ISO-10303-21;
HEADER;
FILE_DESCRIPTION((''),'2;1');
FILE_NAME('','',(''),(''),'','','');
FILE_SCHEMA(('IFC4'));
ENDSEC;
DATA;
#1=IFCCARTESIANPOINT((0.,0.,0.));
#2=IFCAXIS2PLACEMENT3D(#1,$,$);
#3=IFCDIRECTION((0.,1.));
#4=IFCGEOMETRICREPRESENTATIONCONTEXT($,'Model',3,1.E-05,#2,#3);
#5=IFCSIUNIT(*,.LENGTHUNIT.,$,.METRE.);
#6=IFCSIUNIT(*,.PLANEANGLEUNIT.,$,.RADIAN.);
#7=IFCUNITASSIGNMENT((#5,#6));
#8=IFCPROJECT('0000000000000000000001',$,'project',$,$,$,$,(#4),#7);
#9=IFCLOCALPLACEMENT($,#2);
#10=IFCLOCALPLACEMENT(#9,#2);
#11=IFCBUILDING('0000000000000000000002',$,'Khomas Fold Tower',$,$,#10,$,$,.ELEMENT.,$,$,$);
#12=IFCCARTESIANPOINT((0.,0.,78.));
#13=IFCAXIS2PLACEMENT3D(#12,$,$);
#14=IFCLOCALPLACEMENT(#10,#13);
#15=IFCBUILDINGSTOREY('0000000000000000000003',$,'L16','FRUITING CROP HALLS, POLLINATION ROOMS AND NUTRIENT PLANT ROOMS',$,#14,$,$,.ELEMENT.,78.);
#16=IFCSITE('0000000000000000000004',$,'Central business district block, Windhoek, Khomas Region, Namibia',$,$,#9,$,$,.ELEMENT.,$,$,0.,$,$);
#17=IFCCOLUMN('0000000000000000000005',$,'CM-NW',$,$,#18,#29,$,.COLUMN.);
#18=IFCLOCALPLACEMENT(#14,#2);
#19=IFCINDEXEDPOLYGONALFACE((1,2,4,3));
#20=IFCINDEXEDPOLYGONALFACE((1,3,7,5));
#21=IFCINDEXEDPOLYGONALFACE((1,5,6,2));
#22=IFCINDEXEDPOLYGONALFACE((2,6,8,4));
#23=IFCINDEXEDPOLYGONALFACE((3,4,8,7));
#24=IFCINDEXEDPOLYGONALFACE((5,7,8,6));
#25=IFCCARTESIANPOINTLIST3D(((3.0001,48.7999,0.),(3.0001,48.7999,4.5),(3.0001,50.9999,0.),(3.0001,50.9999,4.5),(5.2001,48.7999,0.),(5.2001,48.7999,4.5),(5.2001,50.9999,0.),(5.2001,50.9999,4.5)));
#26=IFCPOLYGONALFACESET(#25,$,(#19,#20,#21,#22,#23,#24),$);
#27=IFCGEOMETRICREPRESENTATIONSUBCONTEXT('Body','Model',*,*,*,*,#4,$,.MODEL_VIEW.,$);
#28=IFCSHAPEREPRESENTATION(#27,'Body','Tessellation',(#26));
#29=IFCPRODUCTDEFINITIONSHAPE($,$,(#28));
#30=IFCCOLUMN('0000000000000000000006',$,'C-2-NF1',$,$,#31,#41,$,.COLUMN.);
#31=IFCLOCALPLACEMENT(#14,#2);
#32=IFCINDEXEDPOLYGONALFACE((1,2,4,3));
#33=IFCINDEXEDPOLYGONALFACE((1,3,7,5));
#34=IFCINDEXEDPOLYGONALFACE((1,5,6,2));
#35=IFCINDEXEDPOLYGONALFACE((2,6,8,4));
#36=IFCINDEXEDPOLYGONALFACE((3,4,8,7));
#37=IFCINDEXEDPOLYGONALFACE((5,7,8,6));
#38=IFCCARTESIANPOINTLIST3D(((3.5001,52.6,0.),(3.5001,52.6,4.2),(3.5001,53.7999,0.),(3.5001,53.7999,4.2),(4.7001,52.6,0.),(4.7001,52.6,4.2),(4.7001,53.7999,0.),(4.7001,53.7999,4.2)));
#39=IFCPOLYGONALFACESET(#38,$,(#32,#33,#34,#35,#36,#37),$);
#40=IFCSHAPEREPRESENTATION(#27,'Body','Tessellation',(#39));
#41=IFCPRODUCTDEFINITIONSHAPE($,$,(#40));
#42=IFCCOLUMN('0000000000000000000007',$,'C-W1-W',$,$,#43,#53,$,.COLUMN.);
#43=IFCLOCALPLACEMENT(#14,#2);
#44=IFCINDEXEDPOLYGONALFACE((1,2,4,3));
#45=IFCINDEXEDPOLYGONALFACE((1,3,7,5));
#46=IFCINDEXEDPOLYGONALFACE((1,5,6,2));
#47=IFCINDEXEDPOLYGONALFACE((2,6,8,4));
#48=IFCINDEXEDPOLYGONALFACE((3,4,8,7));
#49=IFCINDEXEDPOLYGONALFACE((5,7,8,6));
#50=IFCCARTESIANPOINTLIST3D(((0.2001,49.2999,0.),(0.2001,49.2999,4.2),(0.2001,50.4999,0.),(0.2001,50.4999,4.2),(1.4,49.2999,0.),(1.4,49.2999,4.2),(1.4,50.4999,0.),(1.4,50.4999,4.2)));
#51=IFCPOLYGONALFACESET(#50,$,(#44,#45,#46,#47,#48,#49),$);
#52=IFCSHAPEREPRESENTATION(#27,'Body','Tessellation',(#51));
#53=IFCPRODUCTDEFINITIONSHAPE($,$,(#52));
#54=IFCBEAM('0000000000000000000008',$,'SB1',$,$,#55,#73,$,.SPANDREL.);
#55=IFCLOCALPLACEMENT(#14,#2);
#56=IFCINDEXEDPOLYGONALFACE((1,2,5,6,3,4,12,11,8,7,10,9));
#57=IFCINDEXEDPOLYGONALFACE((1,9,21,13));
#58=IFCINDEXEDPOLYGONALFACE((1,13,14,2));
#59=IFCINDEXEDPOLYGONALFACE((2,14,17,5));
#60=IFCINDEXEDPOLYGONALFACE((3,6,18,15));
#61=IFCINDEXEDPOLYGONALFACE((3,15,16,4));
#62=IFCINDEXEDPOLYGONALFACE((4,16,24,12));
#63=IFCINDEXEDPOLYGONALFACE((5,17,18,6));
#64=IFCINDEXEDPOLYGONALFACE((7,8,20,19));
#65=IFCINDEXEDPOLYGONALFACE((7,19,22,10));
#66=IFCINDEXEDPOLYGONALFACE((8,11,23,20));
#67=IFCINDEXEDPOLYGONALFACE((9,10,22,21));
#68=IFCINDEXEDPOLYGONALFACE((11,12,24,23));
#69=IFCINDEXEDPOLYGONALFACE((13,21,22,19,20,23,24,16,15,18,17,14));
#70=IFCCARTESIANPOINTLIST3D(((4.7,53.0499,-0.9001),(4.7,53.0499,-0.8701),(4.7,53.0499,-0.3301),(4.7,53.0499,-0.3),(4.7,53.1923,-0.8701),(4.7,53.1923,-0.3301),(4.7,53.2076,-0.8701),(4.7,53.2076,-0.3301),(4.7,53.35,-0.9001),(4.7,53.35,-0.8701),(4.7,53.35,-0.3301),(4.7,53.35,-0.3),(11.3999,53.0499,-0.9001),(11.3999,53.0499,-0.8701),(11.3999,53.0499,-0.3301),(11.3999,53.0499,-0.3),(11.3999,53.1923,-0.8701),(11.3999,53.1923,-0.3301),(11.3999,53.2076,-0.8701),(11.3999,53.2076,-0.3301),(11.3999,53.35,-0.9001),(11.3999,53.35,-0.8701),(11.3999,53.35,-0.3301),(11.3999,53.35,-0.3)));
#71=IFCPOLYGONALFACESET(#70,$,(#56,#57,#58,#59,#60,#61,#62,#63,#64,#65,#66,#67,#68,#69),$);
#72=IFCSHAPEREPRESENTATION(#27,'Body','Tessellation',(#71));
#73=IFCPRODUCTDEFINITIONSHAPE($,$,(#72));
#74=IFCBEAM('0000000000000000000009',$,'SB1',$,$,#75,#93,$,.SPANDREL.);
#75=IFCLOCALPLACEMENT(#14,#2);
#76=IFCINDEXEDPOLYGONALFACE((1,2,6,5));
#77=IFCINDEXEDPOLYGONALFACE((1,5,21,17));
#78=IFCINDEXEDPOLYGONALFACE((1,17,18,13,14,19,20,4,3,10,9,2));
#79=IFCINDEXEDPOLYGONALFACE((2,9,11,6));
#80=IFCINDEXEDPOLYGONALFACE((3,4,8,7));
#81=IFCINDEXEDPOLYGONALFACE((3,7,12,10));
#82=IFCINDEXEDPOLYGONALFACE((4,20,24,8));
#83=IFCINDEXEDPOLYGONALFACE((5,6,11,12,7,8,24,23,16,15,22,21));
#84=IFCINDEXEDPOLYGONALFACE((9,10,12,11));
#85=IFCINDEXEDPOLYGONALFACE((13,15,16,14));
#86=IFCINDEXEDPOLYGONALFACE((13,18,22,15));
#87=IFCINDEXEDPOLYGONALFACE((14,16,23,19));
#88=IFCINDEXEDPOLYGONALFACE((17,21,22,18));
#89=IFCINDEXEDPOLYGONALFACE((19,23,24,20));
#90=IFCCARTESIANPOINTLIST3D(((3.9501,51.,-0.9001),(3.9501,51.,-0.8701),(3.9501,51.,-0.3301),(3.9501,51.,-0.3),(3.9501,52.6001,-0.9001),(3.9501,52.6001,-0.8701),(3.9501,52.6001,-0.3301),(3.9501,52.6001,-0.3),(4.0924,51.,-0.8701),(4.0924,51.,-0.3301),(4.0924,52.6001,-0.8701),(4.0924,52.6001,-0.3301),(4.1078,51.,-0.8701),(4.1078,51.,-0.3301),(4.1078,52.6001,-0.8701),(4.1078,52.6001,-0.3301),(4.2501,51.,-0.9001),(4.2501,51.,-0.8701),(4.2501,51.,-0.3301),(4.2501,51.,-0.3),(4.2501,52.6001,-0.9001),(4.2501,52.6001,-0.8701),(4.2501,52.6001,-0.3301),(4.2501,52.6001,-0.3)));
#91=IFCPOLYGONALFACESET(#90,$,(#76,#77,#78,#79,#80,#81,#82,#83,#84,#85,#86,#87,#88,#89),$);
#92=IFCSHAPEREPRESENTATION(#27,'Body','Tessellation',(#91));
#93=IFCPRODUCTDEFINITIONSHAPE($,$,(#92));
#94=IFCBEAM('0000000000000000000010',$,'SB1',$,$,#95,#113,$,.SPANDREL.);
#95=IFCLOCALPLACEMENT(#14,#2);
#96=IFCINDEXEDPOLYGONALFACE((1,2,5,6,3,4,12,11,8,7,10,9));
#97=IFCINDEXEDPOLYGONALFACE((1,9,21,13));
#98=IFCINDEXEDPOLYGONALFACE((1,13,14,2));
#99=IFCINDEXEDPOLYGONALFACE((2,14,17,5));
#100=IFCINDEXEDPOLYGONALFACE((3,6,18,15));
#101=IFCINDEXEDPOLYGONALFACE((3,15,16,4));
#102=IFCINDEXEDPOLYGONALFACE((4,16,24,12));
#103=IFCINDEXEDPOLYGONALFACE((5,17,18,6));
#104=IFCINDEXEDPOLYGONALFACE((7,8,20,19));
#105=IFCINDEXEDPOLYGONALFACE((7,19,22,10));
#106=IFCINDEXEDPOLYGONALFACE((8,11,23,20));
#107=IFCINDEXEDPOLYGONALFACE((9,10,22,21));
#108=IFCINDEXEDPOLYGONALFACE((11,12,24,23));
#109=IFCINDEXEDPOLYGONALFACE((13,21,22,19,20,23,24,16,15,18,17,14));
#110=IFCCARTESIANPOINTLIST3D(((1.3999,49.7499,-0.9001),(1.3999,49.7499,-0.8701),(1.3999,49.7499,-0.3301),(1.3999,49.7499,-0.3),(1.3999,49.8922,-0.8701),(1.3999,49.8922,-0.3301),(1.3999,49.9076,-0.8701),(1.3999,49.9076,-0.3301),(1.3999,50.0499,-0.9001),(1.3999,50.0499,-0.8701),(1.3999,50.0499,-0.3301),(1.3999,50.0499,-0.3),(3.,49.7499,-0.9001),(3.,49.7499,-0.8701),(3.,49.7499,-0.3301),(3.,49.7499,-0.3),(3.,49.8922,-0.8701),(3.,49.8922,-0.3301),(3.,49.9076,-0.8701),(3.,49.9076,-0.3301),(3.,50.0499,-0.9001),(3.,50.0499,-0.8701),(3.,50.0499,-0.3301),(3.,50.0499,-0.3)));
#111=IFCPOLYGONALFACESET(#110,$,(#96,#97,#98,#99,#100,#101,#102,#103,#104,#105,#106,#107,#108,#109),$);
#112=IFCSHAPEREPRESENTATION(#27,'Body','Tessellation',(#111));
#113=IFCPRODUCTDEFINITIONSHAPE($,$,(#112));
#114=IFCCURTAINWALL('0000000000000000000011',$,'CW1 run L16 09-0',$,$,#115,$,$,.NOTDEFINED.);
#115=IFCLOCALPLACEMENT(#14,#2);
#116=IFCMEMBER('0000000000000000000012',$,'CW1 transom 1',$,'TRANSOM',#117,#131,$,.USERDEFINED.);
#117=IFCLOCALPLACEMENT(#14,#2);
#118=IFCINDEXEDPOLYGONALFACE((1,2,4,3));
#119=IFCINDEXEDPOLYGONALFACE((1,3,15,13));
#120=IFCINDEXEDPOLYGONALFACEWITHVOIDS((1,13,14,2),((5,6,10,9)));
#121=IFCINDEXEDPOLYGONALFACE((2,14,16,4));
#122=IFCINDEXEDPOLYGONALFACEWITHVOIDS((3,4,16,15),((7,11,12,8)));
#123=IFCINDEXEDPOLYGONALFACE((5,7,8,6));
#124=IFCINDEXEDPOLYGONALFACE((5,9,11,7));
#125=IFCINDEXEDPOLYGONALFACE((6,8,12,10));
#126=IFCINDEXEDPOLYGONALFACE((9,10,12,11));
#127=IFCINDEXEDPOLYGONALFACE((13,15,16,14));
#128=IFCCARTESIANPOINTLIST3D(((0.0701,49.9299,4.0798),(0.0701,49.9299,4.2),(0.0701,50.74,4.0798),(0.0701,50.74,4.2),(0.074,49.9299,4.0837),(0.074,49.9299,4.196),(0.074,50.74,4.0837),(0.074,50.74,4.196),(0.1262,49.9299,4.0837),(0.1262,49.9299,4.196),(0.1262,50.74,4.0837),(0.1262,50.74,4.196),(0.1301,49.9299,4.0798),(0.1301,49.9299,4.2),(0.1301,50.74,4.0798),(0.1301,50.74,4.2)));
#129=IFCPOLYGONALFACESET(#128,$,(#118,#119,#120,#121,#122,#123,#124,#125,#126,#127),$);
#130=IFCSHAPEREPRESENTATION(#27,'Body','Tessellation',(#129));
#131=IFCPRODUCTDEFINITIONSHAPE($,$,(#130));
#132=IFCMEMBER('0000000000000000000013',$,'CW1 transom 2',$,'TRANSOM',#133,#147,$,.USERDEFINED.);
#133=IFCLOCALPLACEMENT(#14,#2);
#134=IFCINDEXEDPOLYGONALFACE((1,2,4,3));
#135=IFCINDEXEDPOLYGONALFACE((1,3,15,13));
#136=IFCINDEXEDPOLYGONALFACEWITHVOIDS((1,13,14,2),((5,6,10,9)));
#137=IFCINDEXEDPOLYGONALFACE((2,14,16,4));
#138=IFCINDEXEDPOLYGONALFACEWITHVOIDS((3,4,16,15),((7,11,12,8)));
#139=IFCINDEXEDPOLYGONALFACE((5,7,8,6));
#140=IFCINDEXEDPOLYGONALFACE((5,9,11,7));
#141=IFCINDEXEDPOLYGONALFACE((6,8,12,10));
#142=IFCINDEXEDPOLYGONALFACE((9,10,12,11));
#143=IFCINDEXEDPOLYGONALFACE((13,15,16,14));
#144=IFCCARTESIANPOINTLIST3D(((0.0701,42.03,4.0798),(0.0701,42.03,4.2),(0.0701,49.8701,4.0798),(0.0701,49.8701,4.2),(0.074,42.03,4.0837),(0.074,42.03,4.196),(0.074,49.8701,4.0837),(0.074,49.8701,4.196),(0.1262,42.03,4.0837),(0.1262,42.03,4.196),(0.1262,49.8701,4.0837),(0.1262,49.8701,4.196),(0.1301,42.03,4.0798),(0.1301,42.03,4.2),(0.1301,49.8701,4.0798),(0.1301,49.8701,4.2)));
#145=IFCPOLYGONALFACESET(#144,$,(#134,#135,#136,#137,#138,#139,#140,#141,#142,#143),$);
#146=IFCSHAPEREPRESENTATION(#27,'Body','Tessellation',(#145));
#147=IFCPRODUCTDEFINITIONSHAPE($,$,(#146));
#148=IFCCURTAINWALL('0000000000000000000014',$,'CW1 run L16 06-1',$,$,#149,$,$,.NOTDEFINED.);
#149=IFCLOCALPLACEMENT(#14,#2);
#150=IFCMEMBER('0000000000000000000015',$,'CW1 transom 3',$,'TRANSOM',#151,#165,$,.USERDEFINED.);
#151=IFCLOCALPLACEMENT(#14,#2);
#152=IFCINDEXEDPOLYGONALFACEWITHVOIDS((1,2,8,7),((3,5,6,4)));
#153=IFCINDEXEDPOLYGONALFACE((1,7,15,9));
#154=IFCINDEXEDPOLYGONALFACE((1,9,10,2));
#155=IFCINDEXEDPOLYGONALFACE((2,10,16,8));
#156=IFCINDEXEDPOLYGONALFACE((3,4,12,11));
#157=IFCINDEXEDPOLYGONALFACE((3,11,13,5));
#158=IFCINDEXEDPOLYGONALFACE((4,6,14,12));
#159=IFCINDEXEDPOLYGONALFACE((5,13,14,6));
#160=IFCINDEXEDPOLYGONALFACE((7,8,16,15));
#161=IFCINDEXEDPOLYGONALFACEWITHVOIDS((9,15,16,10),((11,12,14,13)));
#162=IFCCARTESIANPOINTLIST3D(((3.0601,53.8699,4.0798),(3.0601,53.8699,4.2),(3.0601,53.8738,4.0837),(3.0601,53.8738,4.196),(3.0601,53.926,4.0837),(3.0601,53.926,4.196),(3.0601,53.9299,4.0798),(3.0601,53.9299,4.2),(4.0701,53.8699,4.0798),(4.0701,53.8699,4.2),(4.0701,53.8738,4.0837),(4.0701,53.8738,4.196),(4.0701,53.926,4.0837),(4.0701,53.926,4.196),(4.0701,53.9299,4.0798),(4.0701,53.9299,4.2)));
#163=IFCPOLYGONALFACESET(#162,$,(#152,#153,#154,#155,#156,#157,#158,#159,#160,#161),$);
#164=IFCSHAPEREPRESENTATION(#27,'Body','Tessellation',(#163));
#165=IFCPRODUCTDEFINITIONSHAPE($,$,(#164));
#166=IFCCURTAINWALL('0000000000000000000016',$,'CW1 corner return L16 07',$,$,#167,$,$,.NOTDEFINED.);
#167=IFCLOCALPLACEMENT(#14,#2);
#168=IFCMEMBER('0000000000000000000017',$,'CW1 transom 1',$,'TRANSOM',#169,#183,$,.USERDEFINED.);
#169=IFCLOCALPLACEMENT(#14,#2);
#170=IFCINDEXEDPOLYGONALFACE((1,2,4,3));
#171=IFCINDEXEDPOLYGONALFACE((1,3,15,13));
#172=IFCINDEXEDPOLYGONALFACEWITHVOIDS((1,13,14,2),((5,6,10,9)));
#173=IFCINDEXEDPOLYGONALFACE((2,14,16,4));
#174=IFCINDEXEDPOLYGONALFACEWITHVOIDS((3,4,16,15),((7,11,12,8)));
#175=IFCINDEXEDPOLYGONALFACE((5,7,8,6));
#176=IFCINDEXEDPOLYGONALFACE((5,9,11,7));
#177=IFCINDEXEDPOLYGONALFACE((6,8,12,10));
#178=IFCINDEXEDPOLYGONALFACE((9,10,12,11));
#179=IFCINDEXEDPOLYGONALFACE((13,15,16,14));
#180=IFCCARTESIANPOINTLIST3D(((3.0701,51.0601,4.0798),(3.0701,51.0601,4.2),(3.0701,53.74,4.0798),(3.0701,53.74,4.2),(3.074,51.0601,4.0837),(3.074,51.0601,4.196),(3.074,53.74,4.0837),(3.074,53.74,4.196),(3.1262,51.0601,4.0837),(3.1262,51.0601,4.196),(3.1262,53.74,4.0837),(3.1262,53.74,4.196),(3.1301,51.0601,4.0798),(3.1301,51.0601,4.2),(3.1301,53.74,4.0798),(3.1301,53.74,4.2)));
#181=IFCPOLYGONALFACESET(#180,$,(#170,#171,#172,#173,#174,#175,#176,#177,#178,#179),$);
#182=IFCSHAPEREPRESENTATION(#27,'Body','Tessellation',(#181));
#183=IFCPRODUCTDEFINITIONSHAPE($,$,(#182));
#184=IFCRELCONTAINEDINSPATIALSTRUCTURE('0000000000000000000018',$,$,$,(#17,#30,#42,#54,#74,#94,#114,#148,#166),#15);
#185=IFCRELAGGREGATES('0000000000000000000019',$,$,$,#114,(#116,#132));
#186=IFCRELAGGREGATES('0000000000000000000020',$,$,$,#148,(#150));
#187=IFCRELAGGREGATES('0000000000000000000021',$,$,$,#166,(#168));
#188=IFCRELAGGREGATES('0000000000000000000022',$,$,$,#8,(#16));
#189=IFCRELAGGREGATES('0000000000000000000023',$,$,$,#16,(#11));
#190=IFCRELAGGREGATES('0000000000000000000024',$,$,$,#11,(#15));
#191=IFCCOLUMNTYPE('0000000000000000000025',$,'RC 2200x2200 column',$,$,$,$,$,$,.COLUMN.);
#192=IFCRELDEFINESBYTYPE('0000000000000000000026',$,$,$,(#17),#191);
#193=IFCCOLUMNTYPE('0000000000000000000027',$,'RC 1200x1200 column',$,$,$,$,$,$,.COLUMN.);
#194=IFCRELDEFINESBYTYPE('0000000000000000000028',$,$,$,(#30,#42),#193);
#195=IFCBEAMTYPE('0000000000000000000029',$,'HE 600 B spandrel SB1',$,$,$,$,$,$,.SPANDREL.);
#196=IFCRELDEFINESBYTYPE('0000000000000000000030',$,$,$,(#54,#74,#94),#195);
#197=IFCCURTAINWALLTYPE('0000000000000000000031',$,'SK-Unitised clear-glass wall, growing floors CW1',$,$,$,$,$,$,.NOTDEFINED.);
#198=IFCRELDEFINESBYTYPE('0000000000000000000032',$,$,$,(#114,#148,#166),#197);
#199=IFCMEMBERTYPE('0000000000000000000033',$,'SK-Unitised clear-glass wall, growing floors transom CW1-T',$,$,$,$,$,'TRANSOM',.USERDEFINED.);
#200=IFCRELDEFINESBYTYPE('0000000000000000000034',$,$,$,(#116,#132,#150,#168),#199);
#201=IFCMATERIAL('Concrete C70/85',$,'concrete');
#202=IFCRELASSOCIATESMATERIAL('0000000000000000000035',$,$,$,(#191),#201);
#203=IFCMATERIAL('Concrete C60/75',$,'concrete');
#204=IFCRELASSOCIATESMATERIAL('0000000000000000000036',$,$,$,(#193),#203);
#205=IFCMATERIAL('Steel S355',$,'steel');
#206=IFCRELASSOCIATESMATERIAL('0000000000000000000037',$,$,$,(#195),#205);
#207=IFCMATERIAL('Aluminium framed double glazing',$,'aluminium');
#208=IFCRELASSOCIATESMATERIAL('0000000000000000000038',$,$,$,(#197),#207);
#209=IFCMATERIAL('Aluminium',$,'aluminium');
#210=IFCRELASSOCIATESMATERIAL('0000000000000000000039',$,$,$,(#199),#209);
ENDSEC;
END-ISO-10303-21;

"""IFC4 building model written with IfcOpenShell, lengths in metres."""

from ifc_helpers import new_model, si_unit, direction, frame, origin, origin_2d, place, context, subcontext, project, spatial, rectangle, hollow_rectangle, i_section, extrude, source, transform, mapped, material, material_profile, profile_set, type_object, element, aggregate, save


model = new_model("IFC4")

# Units and contexts
model_context = context("Model", 3, precision=1e-05, world=origin(), true_north=direction((0.0, 1.0)))
body_context = subcontext(model_context, "Body", "Model", "MODEL_VIEW")
ifc_project = project(units=[si_unit("LENGTHUNIT", "METRE"), si_unit("PLANEANGLEUNIT", "RADIAN")], contexts=[model_context])

# Site, building, storey
site_placement = place(None, origin())
site = spatial("IfcSite", under=ifc_project, at=site_placement, Name="Central business district block, Windhoek, Khomas Region, Namibia", CompositionType="ELEMENT", RefElevation=0.0)
building_placement = place(site_placement, origin())
building = spatial("IfcBuilding", under=site, at=building_placement, Name="Khomas Fold Tower", CompositionType="ELEMENT")
storey_placement = place(building_placement, frame((0.0, 0.0, 78.0)))
storey = spatial("IfcBuildingStorey", under=building, at=storey_placement, Name="L16", Description="FRUITING CROP HALLS, POLLINATION ROOMS AND NUTRIENT PLANT ROOMS", CompositionType="ELEMENT", Elevation=78.0)

# Columns
ifc_material_1 = material(Name="Concrete C70/85", Category="concrete")
ifc_material_profile_1 = material_profile(ifc_material_1, rectangle(XDim=2.2, YDim=2.2, at=origin_2d()), Name="RC 2200x2200")
ifc_profile_set_1 = profile_set([ifc_material_profile_1], Name="Concrete C70/85")
column_type_1 = type_object("IfcColumnType", Name="RC 2200x2200 column", PredefinedType="COLUMN", material=ifc_profile_set_1)
shared_shape_1 = source(origin(), body_context, "Body", "SweptSolid", [
    extrude(rectangle(XDim=2.2, YDim=2.2, at=origin_2d()), origin(), (0.0, 0.0, 1.0), 4.5),
])
column_placement = place(storey_placement, frame((4.1001, 49.8999, 0.0), z_axis=(0.0, 0.0, 1.0), x_axis=(1.0, 0.0, 0.0)))
element("IfcColumn", 1, at=column_placement, inside=storey, type_object=column_type_1, Name="CM-NW", PredefinedType="COLUMN", context=body_context, shape_type="MappedRepresentation", body=[
    mapped(shared_shape_1, transform((0.0, 0.0, 0.0))),
])
ifc_material_2 = material(Name="Concrete C60/75", Category="concrete")
ifc_material_profile_2 = material_profile(ifc_material_2, rectangle(XDim=1.2, YDim=1.2, at=origin_2d()), Name="RC 1200x1200")
ifc_profile_set_2 = profile_set([ifc_material_profile_2], Name="Concrete C60/75")
column_type_2 = type_object("IfcColumnType", Name="RC 1200x1200 column", PredefinedType="COLUMN", material=ifc_profile_set_2)
shared_shape_2 = source(origin(), body_context, "Body", "SweptSolid", [
    extrude(rectangle(XDim=1.2, YDim=1.2, at=origin_2d()), origin(), (0.0, 0.0, 1.0), 4.2),
])
for number, where, z_axis, x_axis, name in (
    (2, (4.1001, 53.2, 0.0), (0.0, 0.0, 1.0), (1.0, 0.0, 0.0), "C-2-NF1"),
    (3, (0.8, 49.8999, 0.0), (0.0, 0.0, 1.0), (1.0, 0.0, 0.0), "C-W1-W"),
):
    element("IfcColumn", number, at=place(storey_placement, frame(where, z_axis=z_axis, x_axis=x_axis)), inside=storey, type_object=column_type_2, Name=name, PredefinedType="COLUMN", context=body_context, shape_type="MappedRepresentation", body=[
        mapped(shared_shape_2, transform((0.0, 0.0, 0.0))),
    ])

# Beams
ifc_material_3 = material(Name="Steel S355", Category="steel")
ifc_material_profile_3 = material_profile(ifc_material_3, i_section(OverallWidth=0.3, OverallDepth=0.6001, WebThickness=0.0154, FlangeThickness=0.03, at=origin_2d()), Name="HE 600 B")
ifc_profile_set_3 = profile_set([ifc_material_profile_3], Name="Steel S355")
beam_type = type_object("IfcBeamType", Name="HE 600 B spandrel SB1", PredefinedType="SPANDREL", material=ifc_profile_set_3)
shared_shape_3 = source(origin(), body_context, "Body", "SweptSolid", [
    extrude(i_section(OverallWidth=0.3, OverallDepth=0.6001, WebThickness=0.0154, FlangeThickness=0.03, at=origin_2d()), origin(), (0.0, 0.0, 1.0), 6.7),
])
beam_placement = place(storey_placement, frame((4.7, 53.2, -0.6001), z_axis=(1.0, 0.0, 0.0), x_axis=(0.0, 1.0, 0.0)))
element("IfcBeam", 4, at=beam_placement, inside=storey, type_object=beam_type, Name="SB1", PredefinedType="SPANDREL", context=body_context, shape_type="MappedRepresentation", body=[
    mapped(shared_shape_3, transform((0.0, 0.0, 0.0))),
])
shared_shape_4 = source(origin(), body_context, "Body", "SweptSolid", [
    extrude(i_section(OverallWidth=0.3, OverallDepth=0.6001, WebThickness=0.0154, FlangeThickness=0.03, at=origin_2d()), origin(), (0.0, 0.0, 1.0), 1.6001),
])
for number, where, z_axis, x_axis, name in (
    (5, (4.1001, 51.0, -0.6001), (0.0, 1.0, 0.0), (-1.0, 0.0, 0.0), "SB1"),
    (6, (1.3999, 49.8999, -0.6001), (1.0, 0.0, 0.0), (0.0, 1.0, 0.0), "SB1"),
):
    element("IfcBeam", number, at=place(storey_placement, frame(where, z_axis=z_axis, x_axis=x_axis)), inside=storey, type_object=beam_type, Name=name, PredefinedType="SPANDREL", context=body_context, shape_type="MappedRepresentation", body=[
        mapped(shared_shape_4, transform((0.0, 0.0, 0.0))),
    ])

# Curtain wall, members
ifc_material_4 = material(Name="Aluminium framed double glazing", Category="aluminium")
curtain_wall_type = type_object("IfcCurtainWallType", Name="SK-Unitised clear-glass wall, growing floors CW1", PredefinedType="NOTDEFINED", material=ifc_material_4)
curtain_wall_1_placement = place(storey_placement, origin())
curtain_wall_1 = element("IfcCurtainWall", 7, at=curtain_wall_1_placement, inside=storey, type_object=curtain_wall_type, Name="CW1 run L16 09-0", PredefinedType="NOTDEFINED")
ifc_material_5 = material(Name="Aluminium", Category="aluminium")
ifc_material_profile_4 = material_profile(ifc_material_5, hollow_rectangle(XDim=0.0601, YDim=0.1201, WallThickness=0.0039, at=origin_2d()), Name="SK-Unitised clear-glass wall, growing floors transom CW1-T")
ifc_profile_set_4 = profile_set([ifc_material_profile_4], Name="Aluminium")
member_type_1 = type_object("IfcMemberType", Name="SK-Unitised clear-glass wall, growing floors transom CW1-T", ElementType="TRANSOM", PredefinedType="USERDEFINED", material=ifc_profile_set_4)
shared_shape_5 = source(origin(), body_context, "Body", "SweptSolid", [
    extrude(hollow_rectangle(XDim=0.0601, YDim=0.1201, WallThickness=0.0039, at=origin_2d()), origin(), (0.0, 0.0, 1.0), 0.8101),
])
member_1_placement = place(storey_placement, frame((0.1001, 50.74, 4.1399), z_axis=(0.0, -1.0, 0.0), x_axis=(1.0, 0.0, 0.0)))
member_1 = element("IfcMember", 8, at=member_1_placement, type_object=member_type_1, Name="CW1 transom 1", ObjectType="TRANSOM", PredefinedType="USERDEFINED", context=body_context, shape_type="MappedRepresentation", body=[
    mapped(shared_shape_5, transform((0.0, 0.0, 0.0))),
])
shared_shape_6 = source(origin(), body_context, "Body", "SweptSolid", [
    extrude(hollow_rectangle(XDim=0.0601, YDim=0.1201, WallThickness=0.0039, at=origin_2d()), origin(), (0.0, 0.0, 1.0), 7.8401),
])
member_2_placement = place(storey_placement, frame((0.1001, 49.8701, 4.1399), z_axis=(0.0, -1.0, 0.0), x_axis=(1.0, 0.0, 0.0)))
member_2 = element("IfcMember", 9, at=member_2_placement, type_object=member_type_1, Name="CW1 transom 2", ObjectType="TRANSOM", PredefinedType="USERDEFINED", context=body_context, shape_type="MappedRepresentation", body=[
    mapped(shared_shape_6, transform((0.0, 0.0, 0.0))),
])

# Curtain walls, members
curtain_wall_2_placement = place(storey_placement, origin())
curtain_wall_2 = element("IfcCurtainWall", 10, at=curtain_wall_2_placement, inside=storey, type_object=curtain_wall_type, Name="CW1 run L16 06-1", PredefinedType="NOTDEFINED")
shared_shape_7 = source(origin(), body_context, "Body", "SweptSolid", [
    extrude(hollow_rectangle(XDim=0.0601, YDim=0.1201, WallThickness=0.0039, at=origin_2d()), origin(), (0.0, 0.0, 1.0), 1.01),
])
member_3_placement = place(storey_placement, frame((4.0701, 53.8999, 4.1399), z_axis=(-1.0, 0.0, 0.0), x_axis=(0.0, -1.0, 0.0)))
member_3 = element("IfcMember", 11, at=member_3_placement, type_object=member_type_1, Name="CW1 transom 3", ObjectType="TRANSOM", PredefinedType="USERDEFINED", context=body_context, shape_type="MappedRepresentation", body=[
    mapped(shared_shape_7, transform((0.0, 0.0, 0.0))),
])
curtain_wall_3_placement = place(storey_placement, origin())
curtain_wall_3 = element("IfcCurtainWall", 12, at=curtain_wall_3_placement, inside=storey, type_object=curtain_wall_type, Name="CW1 corner return L16 07", PredefinedType="NOTDEFINED")
shared_shape_8 = source(origin(), body_context, "Body", "SweptSolid", [
    extrude(hollow_rectangle(XDim=0.0601, YDim=0.1201, WallThickness=0.0039, at=origin_2d()), origin(), (0.0, 0.0, 1.0), 2.6799),
])
member_4_placement = place(storey_placement, frame((3.1001, 53.74, 4.1399), z_axis=(0.0, -1.0, 0.0), x_axis=(1.0, 0.0, 0.0)))
member_4 = element("IfcMember", 13, at=member_4_placement, type_object=member_type_1, Name="CW1 transom 1", ObjectType="TRANSOM", PredefinedType="USERDEFINED", context=body_context, shape_type="MappedRepresentation", body=[
    mapped(shared_shape_8, transform((0.0, 0.0, 0.0))),
])

aggregate(curtain_wall_1, [member_1, member_2])
aggregate(curtain_wall_2, [member_3])
aggregate(curtain_wall_3, [member_4])

save(model, "model.ifc")
